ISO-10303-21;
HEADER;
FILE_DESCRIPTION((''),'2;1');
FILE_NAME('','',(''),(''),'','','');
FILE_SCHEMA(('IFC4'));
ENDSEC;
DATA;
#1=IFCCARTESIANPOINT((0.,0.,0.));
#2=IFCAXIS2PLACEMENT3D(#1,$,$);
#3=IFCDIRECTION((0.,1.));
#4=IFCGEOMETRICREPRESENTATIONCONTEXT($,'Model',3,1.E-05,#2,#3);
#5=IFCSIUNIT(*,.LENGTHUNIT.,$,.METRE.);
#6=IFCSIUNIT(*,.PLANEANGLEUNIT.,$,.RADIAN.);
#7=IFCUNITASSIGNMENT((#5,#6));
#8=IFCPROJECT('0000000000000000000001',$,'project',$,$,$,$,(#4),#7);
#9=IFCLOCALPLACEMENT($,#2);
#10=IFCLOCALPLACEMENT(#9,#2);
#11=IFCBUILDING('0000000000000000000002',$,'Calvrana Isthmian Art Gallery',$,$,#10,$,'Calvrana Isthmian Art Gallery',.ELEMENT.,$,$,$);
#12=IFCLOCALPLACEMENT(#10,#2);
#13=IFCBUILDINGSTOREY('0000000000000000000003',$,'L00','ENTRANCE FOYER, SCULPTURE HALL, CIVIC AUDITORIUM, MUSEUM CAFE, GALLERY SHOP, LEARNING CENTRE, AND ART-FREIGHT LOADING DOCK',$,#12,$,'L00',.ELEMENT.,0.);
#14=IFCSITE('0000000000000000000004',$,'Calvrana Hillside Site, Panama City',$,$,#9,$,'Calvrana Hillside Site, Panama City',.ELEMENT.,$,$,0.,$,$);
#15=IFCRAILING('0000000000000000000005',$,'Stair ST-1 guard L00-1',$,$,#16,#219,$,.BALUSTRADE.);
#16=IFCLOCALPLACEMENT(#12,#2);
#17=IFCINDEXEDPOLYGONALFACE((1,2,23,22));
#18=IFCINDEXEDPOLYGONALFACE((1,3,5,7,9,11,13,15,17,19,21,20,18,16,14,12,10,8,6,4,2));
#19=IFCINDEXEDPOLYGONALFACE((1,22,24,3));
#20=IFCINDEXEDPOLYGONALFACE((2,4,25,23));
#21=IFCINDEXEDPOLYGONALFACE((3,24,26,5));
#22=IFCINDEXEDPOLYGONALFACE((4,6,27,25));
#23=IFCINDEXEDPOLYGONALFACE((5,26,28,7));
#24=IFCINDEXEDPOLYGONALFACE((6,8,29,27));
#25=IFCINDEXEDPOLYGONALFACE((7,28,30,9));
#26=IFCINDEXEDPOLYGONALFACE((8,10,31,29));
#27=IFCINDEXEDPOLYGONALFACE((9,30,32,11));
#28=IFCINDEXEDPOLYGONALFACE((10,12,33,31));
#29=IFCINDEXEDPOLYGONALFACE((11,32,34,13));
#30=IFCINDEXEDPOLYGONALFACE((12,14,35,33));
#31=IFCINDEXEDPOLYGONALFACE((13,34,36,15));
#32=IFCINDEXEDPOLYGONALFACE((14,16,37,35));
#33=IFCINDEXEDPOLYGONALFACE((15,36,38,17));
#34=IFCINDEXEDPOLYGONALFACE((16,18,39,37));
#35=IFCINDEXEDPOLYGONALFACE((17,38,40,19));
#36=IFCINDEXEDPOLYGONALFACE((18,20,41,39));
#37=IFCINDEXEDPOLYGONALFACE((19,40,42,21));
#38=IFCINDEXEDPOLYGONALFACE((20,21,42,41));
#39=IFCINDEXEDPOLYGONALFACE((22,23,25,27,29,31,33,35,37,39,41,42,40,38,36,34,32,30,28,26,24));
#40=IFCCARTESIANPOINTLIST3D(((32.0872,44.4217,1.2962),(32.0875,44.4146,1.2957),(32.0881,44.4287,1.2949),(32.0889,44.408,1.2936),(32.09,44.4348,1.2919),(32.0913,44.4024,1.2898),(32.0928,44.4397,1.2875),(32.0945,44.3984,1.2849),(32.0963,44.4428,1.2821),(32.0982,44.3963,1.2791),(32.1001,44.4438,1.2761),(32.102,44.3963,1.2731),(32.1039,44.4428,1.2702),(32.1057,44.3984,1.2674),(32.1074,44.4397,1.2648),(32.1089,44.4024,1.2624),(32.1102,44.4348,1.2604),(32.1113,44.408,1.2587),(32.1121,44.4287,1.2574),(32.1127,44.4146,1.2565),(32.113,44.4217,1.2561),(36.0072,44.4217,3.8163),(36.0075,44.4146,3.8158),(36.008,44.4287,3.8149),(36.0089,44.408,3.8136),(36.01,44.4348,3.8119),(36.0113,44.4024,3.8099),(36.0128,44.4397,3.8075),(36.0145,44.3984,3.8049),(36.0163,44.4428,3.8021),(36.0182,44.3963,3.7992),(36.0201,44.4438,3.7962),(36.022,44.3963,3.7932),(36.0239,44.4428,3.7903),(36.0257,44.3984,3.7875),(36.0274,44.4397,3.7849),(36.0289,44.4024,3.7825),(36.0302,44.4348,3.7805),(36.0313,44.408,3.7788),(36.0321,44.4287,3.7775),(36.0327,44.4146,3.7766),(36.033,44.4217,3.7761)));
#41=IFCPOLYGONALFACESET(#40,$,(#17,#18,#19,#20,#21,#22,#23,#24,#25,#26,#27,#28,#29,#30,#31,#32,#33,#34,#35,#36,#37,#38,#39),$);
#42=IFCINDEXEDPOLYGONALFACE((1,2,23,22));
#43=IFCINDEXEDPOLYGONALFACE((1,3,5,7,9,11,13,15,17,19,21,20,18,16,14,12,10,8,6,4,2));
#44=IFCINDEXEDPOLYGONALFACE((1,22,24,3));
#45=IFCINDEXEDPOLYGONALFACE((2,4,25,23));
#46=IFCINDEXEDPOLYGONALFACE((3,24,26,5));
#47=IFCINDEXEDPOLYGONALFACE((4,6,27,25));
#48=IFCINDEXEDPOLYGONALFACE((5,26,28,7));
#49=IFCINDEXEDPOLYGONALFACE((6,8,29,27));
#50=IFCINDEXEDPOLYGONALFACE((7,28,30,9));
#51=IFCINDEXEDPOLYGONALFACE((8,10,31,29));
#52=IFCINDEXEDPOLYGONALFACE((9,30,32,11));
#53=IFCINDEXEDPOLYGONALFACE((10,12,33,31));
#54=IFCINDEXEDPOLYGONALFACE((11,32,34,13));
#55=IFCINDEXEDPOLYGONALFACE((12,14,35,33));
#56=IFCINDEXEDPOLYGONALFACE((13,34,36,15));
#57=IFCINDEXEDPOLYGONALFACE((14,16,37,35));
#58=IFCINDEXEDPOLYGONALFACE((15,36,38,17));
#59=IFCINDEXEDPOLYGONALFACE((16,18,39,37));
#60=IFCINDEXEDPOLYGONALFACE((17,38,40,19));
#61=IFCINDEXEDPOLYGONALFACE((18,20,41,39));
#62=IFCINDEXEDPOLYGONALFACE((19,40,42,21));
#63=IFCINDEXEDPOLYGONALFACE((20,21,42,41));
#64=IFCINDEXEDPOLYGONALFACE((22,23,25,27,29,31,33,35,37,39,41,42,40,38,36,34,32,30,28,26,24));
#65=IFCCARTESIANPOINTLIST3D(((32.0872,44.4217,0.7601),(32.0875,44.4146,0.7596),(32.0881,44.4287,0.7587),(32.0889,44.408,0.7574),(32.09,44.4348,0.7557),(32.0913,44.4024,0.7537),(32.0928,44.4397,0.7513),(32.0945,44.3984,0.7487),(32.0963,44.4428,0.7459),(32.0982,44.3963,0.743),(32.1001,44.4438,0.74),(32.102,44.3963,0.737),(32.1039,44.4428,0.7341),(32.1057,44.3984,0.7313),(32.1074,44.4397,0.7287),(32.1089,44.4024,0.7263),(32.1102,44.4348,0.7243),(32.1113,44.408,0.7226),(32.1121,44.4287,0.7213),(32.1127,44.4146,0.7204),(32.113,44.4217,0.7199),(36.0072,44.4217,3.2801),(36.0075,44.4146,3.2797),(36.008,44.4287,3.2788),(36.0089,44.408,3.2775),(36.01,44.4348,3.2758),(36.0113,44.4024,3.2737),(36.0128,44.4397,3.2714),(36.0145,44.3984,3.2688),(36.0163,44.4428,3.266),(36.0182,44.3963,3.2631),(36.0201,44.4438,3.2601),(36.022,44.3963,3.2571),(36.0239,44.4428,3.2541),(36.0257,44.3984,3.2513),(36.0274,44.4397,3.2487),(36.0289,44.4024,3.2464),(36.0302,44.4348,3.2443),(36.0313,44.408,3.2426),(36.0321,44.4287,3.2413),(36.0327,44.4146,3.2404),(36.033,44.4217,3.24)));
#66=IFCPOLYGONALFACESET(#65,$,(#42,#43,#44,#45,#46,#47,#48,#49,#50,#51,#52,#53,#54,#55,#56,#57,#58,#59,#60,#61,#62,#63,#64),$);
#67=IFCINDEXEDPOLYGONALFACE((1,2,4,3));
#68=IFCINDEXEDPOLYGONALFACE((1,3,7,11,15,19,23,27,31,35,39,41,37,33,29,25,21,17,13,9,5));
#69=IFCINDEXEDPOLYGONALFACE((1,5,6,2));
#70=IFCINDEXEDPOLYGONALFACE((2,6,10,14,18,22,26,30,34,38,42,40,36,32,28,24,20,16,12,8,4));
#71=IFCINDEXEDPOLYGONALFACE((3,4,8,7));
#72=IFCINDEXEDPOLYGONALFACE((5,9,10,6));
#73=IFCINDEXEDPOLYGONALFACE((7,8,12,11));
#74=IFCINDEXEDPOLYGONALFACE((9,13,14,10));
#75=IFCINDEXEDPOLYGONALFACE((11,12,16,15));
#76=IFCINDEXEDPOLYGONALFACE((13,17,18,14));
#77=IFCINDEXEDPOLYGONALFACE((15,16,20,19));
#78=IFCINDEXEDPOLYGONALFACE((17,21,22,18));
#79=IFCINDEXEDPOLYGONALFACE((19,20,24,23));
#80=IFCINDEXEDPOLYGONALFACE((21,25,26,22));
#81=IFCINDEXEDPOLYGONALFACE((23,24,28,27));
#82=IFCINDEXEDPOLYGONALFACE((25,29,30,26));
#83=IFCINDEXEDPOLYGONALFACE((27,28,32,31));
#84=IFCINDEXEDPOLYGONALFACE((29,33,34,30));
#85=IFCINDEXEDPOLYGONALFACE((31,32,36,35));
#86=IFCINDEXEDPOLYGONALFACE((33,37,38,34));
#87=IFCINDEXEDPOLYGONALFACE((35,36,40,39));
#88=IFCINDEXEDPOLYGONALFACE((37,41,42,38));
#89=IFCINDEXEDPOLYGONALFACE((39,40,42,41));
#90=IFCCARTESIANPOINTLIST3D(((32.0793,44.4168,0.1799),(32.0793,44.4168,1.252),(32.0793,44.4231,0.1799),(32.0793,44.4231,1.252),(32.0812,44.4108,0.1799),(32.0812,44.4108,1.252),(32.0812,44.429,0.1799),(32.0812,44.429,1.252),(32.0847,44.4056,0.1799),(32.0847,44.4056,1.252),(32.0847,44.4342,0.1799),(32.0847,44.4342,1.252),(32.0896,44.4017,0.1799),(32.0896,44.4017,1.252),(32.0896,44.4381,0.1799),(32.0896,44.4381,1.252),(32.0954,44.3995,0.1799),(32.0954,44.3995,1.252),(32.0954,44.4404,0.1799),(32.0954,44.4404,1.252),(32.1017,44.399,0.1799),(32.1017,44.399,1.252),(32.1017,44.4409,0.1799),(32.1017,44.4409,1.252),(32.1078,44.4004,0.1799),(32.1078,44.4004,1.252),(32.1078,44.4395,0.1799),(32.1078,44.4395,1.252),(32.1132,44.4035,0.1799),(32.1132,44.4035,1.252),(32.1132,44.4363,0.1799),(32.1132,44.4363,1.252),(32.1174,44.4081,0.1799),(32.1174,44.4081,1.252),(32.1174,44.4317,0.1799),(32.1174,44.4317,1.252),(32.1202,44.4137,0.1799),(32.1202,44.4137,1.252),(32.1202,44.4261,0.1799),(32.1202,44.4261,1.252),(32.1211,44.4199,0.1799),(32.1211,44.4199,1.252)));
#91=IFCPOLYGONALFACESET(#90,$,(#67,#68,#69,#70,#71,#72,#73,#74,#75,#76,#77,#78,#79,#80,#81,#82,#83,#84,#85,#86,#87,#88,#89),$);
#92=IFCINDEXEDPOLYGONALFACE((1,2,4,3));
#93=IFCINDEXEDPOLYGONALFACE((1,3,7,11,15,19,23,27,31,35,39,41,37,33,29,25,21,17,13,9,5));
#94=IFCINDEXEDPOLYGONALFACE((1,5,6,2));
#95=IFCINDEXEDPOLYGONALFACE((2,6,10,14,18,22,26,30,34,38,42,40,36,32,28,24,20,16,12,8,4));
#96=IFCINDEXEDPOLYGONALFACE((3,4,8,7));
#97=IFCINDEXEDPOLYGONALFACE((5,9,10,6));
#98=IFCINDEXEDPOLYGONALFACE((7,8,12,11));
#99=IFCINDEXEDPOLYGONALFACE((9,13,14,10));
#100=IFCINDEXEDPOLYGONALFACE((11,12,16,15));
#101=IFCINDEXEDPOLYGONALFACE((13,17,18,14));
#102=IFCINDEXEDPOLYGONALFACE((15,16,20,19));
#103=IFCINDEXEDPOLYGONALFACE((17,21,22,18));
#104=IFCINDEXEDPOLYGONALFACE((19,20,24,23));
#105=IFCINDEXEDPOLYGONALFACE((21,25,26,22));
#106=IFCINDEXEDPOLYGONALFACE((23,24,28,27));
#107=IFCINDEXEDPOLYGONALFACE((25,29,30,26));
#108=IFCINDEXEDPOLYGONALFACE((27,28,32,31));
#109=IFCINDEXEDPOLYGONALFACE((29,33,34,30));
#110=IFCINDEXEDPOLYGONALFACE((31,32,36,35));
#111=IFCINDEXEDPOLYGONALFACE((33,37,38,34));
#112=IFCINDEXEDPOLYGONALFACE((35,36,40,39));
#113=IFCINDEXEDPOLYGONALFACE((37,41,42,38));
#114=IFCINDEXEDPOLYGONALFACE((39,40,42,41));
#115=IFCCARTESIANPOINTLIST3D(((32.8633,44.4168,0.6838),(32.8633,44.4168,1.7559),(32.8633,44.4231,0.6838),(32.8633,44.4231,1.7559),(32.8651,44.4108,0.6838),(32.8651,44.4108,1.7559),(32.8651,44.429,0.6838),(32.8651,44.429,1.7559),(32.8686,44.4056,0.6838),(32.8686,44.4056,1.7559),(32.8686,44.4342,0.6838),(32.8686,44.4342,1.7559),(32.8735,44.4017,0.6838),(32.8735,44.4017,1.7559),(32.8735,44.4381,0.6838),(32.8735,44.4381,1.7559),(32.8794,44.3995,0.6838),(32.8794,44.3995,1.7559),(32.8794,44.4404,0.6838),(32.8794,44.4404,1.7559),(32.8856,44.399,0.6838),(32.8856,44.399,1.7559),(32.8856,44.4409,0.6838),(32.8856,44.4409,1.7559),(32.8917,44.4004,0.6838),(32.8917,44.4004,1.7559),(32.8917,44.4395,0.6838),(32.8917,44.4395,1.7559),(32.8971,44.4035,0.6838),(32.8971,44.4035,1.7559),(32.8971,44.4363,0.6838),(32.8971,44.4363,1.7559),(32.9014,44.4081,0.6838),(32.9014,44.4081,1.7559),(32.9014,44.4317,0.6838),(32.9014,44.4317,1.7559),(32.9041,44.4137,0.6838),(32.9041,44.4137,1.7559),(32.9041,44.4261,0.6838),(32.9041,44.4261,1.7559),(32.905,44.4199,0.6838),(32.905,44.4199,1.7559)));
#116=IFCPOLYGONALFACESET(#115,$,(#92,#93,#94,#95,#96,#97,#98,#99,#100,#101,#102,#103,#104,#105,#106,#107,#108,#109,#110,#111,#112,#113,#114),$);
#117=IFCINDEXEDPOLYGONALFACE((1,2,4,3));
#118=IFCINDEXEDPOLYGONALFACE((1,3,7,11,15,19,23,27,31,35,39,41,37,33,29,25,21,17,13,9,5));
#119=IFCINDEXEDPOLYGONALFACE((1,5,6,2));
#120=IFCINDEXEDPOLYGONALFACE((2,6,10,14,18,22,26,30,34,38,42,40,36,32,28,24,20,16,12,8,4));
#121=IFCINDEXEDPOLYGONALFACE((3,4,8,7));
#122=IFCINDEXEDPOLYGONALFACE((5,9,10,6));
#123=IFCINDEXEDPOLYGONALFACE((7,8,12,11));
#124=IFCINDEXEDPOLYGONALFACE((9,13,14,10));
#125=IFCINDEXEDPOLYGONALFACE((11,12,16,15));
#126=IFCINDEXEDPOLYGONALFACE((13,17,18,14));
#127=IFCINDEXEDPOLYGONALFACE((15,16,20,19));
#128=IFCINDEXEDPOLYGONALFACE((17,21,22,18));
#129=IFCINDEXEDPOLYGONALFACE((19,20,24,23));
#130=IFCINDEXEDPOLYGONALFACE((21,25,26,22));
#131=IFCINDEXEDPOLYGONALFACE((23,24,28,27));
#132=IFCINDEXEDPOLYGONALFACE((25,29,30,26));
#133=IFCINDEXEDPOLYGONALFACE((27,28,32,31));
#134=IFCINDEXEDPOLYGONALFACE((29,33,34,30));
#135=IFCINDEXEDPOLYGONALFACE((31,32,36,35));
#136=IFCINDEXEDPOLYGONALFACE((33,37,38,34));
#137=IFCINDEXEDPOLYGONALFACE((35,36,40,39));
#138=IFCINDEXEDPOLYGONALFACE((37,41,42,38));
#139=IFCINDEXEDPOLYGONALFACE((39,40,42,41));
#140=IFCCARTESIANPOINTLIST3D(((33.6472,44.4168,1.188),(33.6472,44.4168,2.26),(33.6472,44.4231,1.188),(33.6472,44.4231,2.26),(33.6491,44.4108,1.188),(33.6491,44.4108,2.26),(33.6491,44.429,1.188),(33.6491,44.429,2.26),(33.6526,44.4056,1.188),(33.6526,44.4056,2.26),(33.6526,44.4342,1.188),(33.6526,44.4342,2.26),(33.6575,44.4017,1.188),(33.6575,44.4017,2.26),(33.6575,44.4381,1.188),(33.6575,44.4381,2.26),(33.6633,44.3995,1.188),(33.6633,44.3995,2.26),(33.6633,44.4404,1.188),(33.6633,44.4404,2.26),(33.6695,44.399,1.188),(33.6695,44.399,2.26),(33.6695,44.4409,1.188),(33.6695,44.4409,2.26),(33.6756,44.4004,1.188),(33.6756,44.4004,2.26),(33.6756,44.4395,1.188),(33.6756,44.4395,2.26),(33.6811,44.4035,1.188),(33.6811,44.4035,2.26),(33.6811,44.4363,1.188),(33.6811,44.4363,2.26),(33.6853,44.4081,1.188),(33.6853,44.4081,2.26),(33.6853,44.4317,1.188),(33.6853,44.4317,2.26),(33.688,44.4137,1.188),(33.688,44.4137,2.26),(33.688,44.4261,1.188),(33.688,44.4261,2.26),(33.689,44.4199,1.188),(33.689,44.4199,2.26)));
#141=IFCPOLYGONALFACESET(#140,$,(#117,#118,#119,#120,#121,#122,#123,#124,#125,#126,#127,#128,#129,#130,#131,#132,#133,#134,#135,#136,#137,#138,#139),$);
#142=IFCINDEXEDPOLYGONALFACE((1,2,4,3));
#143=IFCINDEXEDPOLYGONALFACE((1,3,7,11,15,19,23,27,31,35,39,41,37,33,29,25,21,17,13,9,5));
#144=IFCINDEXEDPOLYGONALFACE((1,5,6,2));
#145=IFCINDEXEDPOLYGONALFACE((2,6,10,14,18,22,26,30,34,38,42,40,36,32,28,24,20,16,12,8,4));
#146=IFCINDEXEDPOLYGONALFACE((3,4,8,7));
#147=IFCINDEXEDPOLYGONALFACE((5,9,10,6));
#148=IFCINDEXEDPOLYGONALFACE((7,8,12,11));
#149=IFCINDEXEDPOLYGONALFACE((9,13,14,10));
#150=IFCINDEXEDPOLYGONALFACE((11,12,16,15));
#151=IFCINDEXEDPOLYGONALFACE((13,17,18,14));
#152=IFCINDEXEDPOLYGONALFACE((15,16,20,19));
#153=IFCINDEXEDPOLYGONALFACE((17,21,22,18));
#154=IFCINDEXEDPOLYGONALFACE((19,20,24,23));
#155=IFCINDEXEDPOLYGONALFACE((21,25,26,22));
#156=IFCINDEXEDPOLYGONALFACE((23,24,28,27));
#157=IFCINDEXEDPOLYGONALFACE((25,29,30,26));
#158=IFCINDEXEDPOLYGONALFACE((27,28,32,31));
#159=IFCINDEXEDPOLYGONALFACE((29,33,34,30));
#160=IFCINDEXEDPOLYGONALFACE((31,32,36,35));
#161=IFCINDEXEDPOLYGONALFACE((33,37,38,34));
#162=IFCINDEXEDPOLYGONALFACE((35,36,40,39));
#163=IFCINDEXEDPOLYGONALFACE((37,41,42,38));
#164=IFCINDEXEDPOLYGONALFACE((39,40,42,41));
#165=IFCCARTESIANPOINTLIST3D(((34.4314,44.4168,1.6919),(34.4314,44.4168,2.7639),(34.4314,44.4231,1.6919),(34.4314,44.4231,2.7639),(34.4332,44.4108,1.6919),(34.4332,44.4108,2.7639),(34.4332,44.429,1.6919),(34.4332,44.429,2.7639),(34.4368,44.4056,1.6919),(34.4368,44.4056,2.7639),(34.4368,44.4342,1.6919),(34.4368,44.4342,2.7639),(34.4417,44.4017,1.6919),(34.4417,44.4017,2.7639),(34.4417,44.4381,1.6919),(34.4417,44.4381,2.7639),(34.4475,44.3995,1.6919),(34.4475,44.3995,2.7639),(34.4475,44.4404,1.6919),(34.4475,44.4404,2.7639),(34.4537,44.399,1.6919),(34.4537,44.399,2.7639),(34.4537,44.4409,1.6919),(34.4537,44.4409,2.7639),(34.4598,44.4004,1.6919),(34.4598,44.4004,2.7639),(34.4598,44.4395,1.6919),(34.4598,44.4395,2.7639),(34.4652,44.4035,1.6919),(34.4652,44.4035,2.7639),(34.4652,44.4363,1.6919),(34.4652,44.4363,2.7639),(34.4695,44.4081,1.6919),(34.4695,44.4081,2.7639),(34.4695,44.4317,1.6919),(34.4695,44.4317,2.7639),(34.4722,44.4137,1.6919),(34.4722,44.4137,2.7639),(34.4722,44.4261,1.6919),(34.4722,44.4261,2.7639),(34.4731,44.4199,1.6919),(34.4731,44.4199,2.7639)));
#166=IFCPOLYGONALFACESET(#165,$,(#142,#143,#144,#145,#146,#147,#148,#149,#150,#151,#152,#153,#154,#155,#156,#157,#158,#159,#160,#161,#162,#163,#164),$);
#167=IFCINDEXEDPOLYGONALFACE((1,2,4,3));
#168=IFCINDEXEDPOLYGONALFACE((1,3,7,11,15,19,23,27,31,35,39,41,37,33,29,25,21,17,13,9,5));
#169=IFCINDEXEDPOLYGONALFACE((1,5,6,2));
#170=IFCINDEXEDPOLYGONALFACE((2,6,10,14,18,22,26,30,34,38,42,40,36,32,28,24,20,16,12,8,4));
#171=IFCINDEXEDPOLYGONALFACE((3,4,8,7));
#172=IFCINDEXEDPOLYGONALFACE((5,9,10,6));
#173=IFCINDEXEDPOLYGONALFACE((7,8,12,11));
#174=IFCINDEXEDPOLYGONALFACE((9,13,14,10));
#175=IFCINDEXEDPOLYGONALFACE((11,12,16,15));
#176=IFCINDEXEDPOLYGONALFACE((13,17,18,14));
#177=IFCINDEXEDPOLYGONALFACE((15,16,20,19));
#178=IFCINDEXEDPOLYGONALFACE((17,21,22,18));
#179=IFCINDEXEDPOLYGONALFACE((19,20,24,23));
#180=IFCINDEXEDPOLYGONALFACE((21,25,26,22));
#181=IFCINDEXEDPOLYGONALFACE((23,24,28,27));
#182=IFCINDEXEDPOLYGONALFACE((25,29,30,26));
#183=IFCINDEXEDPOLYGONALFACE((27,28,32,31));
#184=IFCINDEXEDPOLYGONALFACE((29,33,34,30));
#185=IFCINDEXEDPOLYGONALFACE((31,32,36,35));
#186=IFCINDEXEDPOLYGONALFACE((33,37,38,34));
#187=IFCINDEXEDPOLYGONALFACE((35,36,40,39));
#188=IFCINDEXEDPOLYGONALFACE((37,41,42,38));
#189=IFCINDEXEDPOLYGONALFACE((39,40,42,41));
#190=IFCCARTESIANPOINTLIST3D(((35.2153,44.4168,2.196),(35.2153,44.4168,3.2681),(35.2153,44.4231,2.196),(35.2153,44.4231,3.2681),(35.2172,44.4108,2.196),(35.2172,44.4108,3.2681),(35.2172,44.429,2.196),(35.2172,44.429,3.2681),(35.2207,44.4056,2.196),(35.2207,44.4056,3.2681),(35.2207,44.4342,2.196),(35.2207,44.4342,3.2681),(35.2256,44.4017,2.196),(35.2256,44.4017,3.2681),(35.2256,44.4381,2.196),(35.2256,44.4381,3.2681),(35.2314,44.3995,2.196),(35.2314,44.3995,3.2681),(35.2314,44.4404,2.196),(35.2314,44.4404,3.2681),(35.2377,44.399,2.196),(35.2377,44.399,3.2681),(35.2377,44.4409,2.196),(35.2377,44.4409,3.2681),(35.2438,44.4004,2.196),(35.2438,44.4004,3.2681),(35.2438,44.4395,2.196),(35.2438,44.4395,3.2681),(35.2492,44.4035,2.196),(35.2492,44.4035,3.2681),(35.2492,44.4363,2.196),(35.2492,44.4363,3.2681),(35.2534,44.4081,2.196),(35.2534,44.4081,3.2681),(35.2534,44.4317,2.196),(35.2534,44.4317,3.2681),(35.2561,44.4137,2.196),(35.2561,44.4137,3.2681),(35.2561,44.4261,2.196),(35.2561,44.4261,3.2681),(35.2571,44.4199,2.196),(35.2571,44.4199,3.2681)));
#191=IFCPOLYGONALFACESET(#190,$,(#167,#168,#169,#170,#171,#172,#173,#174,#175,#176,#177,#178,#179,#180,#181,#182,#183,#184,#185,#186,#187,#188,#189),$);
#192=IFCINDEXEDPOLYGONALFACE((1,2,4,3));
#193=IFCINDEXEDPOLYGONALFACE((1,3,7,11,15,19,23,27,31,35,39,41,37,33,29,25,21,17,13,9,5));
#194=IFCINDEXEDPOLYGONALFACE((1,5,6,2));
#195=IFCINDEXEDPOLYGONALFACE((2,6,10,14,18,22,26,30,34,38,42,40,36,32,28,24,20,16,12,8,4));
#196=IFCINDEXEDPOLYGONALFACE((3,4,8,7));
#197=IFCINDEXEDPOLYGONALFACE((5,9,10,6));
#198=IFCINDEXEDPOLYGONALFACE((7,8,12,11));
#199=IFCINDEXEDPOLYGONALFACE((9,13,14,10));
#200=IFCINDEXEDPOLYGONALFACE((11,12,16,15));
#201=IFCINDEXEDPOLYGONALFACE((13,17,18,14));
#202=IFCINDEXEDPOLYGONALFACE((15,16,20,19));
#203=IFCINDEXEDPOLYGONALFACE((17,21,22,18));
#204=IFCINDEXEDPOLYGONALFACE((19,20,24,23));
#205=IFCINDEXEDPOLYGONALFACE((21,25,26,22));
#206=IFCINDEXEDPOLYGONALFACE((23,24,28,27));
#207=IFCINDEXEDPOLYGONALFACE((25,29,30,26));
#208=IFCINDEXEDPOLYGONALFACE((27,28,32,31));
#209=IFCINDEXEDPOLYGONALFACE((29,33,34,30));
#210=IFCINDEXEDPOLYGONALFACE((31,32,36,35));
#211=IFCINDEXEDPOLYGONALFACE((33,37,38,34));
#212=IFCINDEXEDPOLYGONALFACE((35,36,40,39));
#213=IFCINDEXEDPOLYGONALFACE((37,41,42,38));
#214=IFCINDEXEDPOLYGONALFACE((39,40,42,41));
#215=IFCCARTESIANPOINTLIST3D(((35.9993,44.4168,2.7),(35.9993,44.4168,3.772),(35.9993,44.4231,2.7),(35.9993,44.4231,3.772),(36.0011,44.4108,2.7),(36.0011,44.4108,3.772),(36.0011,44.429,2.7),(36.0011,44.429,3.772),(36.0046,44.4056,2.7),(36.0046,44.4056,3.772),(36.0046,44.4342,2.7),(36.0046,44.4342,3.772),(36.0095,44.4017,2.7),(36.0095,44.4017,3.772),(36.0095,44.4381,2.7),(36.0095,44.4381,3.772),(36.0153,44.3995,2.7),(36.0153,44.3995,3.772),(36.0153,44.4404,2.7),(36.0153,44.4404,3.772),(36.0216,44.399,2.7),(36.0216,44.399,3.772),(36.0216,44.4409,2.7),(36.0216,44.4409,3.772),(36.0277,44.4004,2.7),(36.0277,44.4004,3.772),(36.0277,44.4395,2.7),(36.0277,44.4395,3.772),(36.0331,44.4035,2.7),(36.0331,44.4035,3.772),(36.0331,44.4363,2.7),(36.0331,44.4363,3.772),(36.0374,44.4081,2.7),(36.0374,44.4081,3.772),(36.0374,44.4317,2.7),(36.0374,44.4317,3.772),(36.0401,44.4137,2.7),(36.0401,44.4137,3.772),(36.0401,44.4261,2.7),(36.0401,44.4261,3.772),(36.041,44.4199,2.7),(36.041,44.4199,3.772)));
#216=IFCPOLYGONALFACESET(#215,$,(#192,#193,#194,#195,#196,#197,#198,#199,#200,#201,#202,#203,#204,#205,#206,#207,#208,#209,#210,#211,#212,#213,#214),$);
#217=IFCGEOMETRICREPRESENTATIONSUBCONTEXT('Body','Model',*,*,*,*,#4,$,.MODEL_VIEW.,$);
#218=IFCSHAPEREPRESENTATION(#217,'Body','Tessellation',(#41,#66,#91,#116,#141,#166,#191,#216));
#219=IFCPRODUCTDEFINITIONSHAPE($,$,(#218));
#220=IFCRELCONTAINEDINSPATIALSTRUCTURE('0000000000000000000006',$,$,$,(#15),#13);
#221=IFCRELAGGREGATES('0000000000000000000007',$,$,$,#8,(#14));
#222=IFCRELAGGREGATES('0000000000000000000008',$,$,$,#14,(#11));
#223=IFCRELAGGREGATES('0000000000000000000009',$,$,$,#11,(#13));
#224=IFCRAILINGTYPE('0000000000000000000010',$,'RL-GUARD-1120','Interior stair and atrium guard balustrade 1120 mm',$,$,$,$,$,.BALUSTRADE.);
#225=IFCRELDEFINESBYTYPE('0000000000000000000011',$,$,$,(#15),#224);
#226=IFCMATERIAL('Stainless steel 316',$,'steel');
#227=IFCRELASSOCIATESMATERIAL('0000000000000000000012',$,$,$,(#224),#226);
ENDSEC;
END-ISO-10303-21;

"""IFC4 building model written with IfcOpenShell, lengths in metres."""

from ifc_helpers import new_model, si_unit, direction, frame, origin, origin_2d, place, context, subcontext, project, spatial, circle, extrude, material, type_object, element, save


model = new_model("IFC4")

# Units and contexts
model_context = context("Model", 3, precision=1e-05, world=origin(), true_north=direction((0.0, 1.0)))
body_context = subcontext(model_context, "Body", "Model", "MODEL_VIEW")
ifc_project = project(units=[si_unit("LENGTHUNIT", "METRE"), si_unit("PLANEANGLEUNIT", "RADIAN")], contexts=[model_context])

# Site, building, storey
site_placement = place(None, origin())
site = spatial("IfcSite", under=ifc_project, at=site_placement, Name="Calvrana Hillside Site, Panama City", LongName="Calvrana Hillside Site, Panama City", CompositionType="ELEMENT", RefElevation=0.0)
building_placement = place(site_placement, origin())
building = spatial("IfcBuilding", under=site, at=building_placement, Name="Calvrana Isthmian Art Gallery", LongName="Calvrana Isthmian Art Gallery", CompositionType="ELEMENT")
storey_placement = place(building_placement, origin())
storey = spatial("IfcBuildingStorey", under=building, at=storey_placement, Name="L00", Description="ENTRANCE FOYER, SCULPTURE HALL, CIVIC AUDITORIUM, MUSEUM CAFE, GALLERY SHOP, LEARNING CENTRE, AND ART-FREIGHT LOADING DOCK", LongName="L00", CompositionType="ELEMENT", Elevation=0.0)

# Railing
ifc_material_1 = material(Name="Stainless steel 316", Category="steel")
railing_type_1 = type_object("IfcRailingType", Name="RL-GUARD-1120", Description="Interior stair and atrium guard balustrade 1120 mm", PredefinedType="BALUSTRADE", material=ifc_material_1)
railing_1_placement = place(storey_placement, frame((32.1001, 44.4199, 0.1799)))
element("IfcRailing", 1, at=railing_1_placement, inside=storey, type_object=railing_type_1, Name="Stair ST-1 guard L00-1", PredefinedType="BALUSTRADE", context=body_context, shape_type="SweptSolid", body=[
    extrude(circle(Radius=0.0239, at=origin_2d()), frame((0.0, 0.0, 1.0962), z_axis=(0.841172, 0.0, 0.540768), x_axis=(0.0, 1.0, 0.0)), (0.0, 0.0, 1.0), 4.6602),
    extrude(circle(Radius=0.0239, at=origin_2d()), frame((0.0, 0.0, 0.5601), z_axis=(0.841172, 0.0, 0.540768), x_axis=(0.0, 1.0, 0.0)), (0.0, 0.0, 1.0), 4.6602),
    extrude(circle(Radius=0.021, at=origin_2d()), origin(), (0.0, 0.0, 1.0), 1.072),
    extrude(circle(Radius=0.021, at=origin_2d()), frame((0.7839, 0.0, 0.5039)), (0.0, 0.0, 1.0), 1.072),
    extrude(circle(Radius=0.021, at=origin_2d()), frame((1.5679, 0.0, 1.0081)), (0.0, 0.0, 1.0), 1.072),
    extrude(circle(Radius=0.021, at=origin_2d()), frame((2.3521, 0.0, 1.512)), (0.0, 0.0, 1.0), 1.072),
    extrude(circle(Radius=0.021, at=origin_2d()), frame((3.136, 0.0, 2.0161)), (0.0, 0.0, 1.0), 1.072),
    extrude(circle(Radius=0.021, at=origin_2d()), frame((3.9199, 0.0, 2.52)), (0.0, 0.0, 1.0), 1.072),
])

save(model, "model.ifc")
